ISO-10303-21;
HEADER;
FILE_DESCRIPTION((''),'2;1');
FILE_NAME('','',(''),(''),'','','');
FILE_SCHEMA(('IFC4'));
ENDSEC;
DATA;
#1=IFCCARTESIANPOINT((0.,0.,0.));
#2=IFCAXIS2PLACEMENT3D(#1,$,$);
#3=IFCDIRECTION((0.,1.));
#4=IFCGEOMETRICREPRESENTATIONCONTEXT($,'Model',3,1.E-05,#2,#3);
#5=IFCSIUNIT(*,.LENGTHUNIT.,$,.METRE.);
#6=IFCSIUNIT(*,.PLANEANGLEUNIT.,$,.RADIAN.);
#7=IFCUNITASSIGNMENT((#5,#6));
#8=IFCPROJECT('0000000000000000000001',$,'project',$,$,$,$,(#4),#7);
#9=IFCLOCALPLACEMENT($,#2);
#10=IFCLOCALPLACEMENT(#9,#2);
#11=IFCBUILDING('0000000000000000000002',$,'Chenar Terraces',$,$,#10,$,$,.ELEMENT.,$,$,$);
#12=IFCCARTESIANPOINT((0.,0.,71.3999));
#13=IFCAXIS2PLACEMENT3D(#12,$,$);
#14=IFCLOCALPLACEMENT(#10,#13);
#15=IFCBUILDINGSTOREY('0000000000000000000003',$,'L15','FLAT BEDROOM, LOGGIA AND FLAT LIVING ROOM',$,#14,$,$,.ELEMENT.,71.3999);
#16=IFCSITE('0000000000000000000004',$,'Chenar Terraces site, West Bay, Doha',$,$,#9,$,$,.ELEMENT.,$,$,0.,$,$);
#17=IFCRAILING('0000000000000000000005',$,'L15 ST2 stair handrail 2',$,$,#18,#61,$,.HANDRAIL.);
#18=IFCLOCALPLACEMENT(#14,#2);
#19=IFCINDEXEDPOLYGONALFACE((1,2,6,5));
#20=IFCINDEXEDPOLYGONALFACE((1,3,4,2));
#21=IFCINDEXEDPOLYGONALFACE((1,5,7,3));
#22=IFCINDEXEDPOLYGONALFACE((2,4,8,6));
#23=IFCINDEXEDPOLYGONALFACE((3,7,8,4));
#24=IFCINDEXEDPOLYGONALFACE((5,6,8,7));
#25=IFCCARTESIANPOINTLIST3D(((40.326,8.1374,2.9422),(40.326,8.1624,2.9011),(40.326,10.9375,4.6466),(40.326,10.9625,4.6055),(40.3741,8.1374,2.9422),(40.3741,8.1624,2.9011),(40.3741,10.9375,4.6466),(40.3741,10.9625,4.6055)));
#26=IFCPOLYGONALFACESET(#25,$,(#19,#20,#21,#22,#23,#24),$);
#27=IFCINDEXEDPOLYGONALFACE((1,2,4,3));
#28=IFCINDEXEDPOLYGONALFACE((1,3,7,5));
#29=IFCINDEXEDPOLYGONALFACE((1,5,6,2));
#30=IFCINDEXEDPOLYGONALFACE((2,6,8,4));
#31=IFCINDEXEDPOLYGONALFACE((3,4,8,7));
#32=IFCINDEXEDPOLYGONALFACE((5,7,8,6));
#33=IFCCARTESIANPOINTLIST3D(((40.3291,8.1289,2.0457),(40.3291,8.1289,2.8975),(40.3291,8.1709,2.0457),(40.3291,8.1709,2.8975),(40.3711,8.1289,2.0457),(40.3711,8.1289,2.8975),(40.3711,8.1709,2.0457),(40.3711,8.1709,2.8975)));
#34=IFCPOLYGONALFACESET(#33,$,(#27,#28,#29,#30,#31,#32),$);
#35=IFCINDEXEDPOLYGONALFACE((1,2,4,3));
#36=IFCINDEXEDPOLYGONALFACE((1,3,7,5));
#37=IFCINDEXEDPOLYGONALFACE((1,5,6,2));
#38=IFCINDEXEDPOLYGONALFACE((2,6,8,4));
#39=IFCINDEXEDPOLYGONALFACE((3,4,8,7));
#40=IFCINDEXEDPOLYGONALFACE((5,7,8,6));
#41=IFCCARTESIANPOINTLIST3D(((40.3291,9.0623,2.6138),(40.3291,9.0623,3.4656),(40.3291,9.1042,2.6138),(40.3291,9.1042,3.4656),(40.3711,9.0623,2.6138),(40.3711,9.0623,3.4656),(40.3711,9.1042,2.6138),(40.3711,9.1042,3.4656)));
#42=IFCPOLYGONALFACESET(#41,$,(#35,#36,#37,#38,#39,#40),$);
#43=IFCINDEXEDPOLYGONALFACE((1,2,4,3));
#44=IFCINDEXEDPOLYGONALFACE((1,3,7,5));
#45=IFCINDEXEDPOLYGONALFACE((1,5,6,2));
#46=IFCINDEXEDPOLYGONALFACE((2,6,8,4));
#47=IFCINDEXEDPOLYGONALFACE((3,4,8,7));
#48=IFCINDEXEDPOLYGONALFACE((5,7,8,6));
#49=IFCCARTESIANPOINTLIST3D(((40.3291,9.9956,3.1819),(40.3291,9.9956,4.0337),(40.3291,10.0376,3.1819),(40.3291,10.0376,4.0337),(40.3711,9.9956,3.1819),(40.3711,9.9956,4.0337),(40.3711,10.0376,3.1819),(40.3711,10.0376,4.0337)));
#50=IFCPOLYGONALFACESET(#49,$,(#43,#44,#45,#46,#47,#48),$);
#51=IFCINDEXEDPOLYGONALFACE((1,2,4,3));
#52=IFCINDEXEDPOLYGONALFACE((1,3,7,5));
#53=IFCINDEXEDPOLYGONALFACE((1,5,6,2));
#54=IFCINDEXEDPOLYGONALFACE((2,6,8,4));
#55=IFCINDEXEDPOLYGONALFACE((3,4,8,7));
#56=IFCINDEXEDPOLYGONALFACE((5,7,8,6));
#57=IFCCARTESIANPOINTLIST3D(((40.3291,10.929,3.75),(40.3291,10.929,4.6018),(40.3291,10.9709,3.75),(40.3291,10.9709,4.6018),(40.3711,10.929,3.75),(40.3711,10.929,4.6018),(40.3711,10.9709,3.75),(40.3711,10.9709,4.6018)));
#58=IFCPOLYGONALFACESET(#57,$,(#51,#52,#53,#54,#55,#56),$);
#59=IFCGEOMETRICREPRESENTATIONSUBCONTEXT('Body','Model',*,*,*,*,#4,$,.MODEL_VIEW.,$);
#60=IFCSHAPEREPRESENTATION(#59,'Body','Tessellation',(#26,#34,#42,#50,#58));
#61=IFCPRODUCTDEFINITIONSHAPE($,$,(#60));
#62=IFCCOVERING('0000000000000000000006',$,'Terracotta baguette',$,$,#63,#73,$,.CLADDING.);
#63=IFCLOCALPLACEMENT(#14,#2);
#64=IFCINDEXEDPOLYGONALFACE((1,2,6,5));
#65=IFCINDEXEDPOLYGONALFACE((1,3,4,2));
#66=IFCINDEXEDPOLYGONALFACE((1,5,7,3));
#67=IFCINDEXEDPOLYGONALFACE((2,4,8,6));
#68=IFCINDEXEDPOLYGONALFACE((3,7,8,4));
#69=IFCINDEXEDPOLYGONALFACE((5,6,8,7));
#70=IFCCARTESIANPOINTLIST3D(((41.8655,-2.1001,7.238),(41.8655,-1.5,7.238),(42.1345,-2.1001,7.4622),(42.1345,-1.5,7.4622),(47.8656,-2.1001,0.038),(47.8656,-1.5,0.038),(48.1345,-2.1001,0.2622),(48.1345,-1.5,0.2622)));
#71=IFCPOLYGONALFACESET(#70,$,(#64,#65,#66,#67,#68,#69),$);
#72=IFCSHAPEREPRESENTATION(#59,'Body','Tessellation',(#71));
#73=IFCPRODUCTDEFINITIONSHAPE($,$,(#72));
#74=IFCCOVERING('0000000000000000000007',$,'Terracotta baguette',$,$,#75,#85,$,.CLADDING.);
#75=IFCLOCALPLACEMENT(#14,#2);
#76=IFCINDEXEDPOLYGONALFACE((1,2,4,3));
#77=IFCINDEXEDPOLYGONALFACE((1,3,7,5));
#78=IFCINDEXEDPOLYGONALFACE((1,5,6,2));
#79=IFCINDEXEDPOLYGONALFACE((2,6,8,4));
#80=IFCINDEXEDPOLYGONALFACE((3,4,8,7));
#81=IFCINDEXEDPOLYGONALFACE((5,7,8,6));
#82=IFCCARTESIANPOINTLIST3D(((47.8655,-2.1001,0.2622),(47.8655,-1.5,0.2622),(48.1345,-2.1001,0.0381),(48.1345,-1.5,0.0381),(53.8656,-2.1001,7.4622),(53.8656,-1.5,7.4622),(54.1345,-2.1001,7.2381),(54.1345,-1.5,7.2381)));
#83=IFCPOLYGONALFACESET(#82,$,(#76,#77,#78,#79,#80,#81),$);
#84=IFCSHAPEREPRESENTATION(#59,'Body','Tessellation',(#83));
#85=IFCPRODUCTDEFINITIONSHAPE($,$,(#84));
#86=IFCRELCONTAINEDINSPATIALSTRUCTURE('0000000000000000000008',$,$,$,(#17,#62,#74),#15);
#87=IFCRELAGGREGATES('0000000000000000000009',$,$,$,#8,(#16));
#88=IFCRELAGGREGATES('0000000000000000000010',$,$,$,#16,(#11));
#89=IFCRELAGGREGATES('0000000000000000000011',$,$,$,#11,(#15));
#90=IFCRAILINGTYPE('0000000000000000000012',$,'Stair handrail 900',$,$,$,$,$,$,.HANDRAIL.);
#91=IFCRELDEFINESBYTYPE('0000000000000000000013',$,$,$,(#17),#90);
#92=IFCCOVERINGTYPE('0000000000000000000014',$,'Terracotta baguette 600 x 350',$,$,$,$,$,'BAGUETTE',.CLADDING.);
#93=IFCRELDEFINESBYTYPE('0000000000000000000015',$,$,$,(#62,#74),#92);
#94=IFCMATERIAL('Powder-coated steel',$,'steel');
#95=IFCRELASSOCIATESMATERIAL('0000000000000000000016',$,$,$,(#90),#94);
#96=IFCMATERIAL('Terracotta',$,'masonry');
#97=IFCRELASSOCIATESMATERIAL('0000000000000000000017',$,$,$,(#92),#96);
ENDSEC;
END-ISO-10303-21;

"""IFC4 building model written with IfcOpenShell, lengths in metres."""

from ifc_helpers import new_model, si_unit, direction, frame, origin, origin_2d, place, context, subcontext, project, spatial, rectangle, extrude, material, material_profile, profile_set, type_object, element, save


model = new_model("IFC4")

# Units and contexts
model_context = context("Model", 3, precision=1e-05, world=origin(), true_north=direction((0.0, 1.0)))
body_context = subcontext(model_context, "Body", "Model", "MODEL_VIEW")
ifc_project = project(units=[si_unit("LENGTHUNIT", "METRE"), si_unit("PLANEANGLEUNIT", "RADIAN")], contexts=[model_context])

# Site, building, storey
site_placement = place(None, origin())
site = spatial("IfcSite", under=ifc_project, at=site_placement, Name="Chenar Terraces site, West Bay, Doha", CompositionType="ELEMENT", RefElevation=0.0)
building_placement = place(site_placement, origin())
building = spatial("IfcBuilding", under=site, at=building_placement, Name="Chenar Terraces", CompositionType="ELEMENT")
storey_placement = place(building_placement, frame((0.0, 0.0, 71.3999)))
storey = spatial("IfcBuildingStorey", under=building, at=storey_placement, Name="L15", Description="FLAT BEDROOM, LOGGIA AND FLAT LIVING ROOM", CompositionType="ELEMENT", Elevation=71.3999)

# Railing
ifc_material_1 = material(Name="Powder-coated steel", Category="steel")
railing_type_1 = type_object("IfcRailingType", Name="Stair handrail 900", PredefinedType="HANDRAIL", material=ifc_material_1)
railing_1_placement = place(storey_placement, frame((40.3501, 8.1499, 2.0457)))
element("IfcRailing", 1, at=railing_1_placement, inside=storey, type_object=railing_type_1, Name="L15 ST2 stair handrail 2", PredefinedType="HANDRAIL", context=body_context, shape_type="SweptSolid", body=[
    extrude(rectangle(XDim=0.0481, YDim=0.0481, at=origin_2d()), frame((0.0, 0.0, 0.876), z_axis=(0.0, 0.854203, 0.51994), x_axis=(-1.0, 0.0, 0.0)), (0.0, 0.0, 1.0), 3.2781),
    extrude(rectangle(XDim=0.042, YDim=0.042, at=origin_2d()), origin(), (0.0, 0.0, 1.0), 0.8518),
    extrude(rectangle(XDim=0.042, YDim=0.042, at=origin_2d()), frame((0.0, 0.9333, 0.5681)), (0.0, 0.0, 1.0), 0.8518),
    extrude(rectangle(XDim=0.042, YDim=0.042, at=origin_2d()), frame((0.0, 1.8667, 1.1362)), (0.0, 0.0, 1.0), 0.8518),
    extrude(rectangle(XDim=0.042, YDim=0.042, at=origin_2d()), frame((0.0, 2.8, 1.7043)), (0.0, 0.0, 1.0), 0.8518),
])

# Coverings
ifc_material_2 = material(Name="Terracotta", Category="masonry")
ifc_material_profile_1 = material_profile(ifc_material_2, rectangle(XDim=0.6001, YDim=0.3501, at=origin_2d()), Name="Terracotta baguette 600 x 350")
ifc_profile_set_1 = profile_set([ifc_material_profile_1], Name="Terracotta")
covering_type = type_object("IfcCoveringType", Name="Terracotta baguette 600 x 350", ElementType="BAGUETTE", PredefinedType="CLADDING", material=ifc_profile_set_1)
for number, where, z_axis, x_axis, name in (
    (2, (42.0, -1.8, 7.3501), (0.640187, 0.0, -0.768219), (0.0, 1.0, 0.0), "Terracotta baguette"),
    (3, (48.0, -1.8, 0.1501), (0.640187, 0.0, 0.768219), (0.0, 1.0, 0.0), "Terracotta baguette"),
):
    element("IfcCovering", number, at=place(storey_placement, frame(where, z_axis=z_axis, x_axis=x_axis)), inside=storey, type_object=covering_type, Name=name, PredefinedType="CLADDING", context=body_context, shape_type="SweptSolid", body=[
        extrude(rectangle(XDim=0.6001, YDim=0.3501, at=origin_2d()), origin(), (0.0, 0.0, 1.0), 9.3723),
    ])

save(model, "model.ifc")
